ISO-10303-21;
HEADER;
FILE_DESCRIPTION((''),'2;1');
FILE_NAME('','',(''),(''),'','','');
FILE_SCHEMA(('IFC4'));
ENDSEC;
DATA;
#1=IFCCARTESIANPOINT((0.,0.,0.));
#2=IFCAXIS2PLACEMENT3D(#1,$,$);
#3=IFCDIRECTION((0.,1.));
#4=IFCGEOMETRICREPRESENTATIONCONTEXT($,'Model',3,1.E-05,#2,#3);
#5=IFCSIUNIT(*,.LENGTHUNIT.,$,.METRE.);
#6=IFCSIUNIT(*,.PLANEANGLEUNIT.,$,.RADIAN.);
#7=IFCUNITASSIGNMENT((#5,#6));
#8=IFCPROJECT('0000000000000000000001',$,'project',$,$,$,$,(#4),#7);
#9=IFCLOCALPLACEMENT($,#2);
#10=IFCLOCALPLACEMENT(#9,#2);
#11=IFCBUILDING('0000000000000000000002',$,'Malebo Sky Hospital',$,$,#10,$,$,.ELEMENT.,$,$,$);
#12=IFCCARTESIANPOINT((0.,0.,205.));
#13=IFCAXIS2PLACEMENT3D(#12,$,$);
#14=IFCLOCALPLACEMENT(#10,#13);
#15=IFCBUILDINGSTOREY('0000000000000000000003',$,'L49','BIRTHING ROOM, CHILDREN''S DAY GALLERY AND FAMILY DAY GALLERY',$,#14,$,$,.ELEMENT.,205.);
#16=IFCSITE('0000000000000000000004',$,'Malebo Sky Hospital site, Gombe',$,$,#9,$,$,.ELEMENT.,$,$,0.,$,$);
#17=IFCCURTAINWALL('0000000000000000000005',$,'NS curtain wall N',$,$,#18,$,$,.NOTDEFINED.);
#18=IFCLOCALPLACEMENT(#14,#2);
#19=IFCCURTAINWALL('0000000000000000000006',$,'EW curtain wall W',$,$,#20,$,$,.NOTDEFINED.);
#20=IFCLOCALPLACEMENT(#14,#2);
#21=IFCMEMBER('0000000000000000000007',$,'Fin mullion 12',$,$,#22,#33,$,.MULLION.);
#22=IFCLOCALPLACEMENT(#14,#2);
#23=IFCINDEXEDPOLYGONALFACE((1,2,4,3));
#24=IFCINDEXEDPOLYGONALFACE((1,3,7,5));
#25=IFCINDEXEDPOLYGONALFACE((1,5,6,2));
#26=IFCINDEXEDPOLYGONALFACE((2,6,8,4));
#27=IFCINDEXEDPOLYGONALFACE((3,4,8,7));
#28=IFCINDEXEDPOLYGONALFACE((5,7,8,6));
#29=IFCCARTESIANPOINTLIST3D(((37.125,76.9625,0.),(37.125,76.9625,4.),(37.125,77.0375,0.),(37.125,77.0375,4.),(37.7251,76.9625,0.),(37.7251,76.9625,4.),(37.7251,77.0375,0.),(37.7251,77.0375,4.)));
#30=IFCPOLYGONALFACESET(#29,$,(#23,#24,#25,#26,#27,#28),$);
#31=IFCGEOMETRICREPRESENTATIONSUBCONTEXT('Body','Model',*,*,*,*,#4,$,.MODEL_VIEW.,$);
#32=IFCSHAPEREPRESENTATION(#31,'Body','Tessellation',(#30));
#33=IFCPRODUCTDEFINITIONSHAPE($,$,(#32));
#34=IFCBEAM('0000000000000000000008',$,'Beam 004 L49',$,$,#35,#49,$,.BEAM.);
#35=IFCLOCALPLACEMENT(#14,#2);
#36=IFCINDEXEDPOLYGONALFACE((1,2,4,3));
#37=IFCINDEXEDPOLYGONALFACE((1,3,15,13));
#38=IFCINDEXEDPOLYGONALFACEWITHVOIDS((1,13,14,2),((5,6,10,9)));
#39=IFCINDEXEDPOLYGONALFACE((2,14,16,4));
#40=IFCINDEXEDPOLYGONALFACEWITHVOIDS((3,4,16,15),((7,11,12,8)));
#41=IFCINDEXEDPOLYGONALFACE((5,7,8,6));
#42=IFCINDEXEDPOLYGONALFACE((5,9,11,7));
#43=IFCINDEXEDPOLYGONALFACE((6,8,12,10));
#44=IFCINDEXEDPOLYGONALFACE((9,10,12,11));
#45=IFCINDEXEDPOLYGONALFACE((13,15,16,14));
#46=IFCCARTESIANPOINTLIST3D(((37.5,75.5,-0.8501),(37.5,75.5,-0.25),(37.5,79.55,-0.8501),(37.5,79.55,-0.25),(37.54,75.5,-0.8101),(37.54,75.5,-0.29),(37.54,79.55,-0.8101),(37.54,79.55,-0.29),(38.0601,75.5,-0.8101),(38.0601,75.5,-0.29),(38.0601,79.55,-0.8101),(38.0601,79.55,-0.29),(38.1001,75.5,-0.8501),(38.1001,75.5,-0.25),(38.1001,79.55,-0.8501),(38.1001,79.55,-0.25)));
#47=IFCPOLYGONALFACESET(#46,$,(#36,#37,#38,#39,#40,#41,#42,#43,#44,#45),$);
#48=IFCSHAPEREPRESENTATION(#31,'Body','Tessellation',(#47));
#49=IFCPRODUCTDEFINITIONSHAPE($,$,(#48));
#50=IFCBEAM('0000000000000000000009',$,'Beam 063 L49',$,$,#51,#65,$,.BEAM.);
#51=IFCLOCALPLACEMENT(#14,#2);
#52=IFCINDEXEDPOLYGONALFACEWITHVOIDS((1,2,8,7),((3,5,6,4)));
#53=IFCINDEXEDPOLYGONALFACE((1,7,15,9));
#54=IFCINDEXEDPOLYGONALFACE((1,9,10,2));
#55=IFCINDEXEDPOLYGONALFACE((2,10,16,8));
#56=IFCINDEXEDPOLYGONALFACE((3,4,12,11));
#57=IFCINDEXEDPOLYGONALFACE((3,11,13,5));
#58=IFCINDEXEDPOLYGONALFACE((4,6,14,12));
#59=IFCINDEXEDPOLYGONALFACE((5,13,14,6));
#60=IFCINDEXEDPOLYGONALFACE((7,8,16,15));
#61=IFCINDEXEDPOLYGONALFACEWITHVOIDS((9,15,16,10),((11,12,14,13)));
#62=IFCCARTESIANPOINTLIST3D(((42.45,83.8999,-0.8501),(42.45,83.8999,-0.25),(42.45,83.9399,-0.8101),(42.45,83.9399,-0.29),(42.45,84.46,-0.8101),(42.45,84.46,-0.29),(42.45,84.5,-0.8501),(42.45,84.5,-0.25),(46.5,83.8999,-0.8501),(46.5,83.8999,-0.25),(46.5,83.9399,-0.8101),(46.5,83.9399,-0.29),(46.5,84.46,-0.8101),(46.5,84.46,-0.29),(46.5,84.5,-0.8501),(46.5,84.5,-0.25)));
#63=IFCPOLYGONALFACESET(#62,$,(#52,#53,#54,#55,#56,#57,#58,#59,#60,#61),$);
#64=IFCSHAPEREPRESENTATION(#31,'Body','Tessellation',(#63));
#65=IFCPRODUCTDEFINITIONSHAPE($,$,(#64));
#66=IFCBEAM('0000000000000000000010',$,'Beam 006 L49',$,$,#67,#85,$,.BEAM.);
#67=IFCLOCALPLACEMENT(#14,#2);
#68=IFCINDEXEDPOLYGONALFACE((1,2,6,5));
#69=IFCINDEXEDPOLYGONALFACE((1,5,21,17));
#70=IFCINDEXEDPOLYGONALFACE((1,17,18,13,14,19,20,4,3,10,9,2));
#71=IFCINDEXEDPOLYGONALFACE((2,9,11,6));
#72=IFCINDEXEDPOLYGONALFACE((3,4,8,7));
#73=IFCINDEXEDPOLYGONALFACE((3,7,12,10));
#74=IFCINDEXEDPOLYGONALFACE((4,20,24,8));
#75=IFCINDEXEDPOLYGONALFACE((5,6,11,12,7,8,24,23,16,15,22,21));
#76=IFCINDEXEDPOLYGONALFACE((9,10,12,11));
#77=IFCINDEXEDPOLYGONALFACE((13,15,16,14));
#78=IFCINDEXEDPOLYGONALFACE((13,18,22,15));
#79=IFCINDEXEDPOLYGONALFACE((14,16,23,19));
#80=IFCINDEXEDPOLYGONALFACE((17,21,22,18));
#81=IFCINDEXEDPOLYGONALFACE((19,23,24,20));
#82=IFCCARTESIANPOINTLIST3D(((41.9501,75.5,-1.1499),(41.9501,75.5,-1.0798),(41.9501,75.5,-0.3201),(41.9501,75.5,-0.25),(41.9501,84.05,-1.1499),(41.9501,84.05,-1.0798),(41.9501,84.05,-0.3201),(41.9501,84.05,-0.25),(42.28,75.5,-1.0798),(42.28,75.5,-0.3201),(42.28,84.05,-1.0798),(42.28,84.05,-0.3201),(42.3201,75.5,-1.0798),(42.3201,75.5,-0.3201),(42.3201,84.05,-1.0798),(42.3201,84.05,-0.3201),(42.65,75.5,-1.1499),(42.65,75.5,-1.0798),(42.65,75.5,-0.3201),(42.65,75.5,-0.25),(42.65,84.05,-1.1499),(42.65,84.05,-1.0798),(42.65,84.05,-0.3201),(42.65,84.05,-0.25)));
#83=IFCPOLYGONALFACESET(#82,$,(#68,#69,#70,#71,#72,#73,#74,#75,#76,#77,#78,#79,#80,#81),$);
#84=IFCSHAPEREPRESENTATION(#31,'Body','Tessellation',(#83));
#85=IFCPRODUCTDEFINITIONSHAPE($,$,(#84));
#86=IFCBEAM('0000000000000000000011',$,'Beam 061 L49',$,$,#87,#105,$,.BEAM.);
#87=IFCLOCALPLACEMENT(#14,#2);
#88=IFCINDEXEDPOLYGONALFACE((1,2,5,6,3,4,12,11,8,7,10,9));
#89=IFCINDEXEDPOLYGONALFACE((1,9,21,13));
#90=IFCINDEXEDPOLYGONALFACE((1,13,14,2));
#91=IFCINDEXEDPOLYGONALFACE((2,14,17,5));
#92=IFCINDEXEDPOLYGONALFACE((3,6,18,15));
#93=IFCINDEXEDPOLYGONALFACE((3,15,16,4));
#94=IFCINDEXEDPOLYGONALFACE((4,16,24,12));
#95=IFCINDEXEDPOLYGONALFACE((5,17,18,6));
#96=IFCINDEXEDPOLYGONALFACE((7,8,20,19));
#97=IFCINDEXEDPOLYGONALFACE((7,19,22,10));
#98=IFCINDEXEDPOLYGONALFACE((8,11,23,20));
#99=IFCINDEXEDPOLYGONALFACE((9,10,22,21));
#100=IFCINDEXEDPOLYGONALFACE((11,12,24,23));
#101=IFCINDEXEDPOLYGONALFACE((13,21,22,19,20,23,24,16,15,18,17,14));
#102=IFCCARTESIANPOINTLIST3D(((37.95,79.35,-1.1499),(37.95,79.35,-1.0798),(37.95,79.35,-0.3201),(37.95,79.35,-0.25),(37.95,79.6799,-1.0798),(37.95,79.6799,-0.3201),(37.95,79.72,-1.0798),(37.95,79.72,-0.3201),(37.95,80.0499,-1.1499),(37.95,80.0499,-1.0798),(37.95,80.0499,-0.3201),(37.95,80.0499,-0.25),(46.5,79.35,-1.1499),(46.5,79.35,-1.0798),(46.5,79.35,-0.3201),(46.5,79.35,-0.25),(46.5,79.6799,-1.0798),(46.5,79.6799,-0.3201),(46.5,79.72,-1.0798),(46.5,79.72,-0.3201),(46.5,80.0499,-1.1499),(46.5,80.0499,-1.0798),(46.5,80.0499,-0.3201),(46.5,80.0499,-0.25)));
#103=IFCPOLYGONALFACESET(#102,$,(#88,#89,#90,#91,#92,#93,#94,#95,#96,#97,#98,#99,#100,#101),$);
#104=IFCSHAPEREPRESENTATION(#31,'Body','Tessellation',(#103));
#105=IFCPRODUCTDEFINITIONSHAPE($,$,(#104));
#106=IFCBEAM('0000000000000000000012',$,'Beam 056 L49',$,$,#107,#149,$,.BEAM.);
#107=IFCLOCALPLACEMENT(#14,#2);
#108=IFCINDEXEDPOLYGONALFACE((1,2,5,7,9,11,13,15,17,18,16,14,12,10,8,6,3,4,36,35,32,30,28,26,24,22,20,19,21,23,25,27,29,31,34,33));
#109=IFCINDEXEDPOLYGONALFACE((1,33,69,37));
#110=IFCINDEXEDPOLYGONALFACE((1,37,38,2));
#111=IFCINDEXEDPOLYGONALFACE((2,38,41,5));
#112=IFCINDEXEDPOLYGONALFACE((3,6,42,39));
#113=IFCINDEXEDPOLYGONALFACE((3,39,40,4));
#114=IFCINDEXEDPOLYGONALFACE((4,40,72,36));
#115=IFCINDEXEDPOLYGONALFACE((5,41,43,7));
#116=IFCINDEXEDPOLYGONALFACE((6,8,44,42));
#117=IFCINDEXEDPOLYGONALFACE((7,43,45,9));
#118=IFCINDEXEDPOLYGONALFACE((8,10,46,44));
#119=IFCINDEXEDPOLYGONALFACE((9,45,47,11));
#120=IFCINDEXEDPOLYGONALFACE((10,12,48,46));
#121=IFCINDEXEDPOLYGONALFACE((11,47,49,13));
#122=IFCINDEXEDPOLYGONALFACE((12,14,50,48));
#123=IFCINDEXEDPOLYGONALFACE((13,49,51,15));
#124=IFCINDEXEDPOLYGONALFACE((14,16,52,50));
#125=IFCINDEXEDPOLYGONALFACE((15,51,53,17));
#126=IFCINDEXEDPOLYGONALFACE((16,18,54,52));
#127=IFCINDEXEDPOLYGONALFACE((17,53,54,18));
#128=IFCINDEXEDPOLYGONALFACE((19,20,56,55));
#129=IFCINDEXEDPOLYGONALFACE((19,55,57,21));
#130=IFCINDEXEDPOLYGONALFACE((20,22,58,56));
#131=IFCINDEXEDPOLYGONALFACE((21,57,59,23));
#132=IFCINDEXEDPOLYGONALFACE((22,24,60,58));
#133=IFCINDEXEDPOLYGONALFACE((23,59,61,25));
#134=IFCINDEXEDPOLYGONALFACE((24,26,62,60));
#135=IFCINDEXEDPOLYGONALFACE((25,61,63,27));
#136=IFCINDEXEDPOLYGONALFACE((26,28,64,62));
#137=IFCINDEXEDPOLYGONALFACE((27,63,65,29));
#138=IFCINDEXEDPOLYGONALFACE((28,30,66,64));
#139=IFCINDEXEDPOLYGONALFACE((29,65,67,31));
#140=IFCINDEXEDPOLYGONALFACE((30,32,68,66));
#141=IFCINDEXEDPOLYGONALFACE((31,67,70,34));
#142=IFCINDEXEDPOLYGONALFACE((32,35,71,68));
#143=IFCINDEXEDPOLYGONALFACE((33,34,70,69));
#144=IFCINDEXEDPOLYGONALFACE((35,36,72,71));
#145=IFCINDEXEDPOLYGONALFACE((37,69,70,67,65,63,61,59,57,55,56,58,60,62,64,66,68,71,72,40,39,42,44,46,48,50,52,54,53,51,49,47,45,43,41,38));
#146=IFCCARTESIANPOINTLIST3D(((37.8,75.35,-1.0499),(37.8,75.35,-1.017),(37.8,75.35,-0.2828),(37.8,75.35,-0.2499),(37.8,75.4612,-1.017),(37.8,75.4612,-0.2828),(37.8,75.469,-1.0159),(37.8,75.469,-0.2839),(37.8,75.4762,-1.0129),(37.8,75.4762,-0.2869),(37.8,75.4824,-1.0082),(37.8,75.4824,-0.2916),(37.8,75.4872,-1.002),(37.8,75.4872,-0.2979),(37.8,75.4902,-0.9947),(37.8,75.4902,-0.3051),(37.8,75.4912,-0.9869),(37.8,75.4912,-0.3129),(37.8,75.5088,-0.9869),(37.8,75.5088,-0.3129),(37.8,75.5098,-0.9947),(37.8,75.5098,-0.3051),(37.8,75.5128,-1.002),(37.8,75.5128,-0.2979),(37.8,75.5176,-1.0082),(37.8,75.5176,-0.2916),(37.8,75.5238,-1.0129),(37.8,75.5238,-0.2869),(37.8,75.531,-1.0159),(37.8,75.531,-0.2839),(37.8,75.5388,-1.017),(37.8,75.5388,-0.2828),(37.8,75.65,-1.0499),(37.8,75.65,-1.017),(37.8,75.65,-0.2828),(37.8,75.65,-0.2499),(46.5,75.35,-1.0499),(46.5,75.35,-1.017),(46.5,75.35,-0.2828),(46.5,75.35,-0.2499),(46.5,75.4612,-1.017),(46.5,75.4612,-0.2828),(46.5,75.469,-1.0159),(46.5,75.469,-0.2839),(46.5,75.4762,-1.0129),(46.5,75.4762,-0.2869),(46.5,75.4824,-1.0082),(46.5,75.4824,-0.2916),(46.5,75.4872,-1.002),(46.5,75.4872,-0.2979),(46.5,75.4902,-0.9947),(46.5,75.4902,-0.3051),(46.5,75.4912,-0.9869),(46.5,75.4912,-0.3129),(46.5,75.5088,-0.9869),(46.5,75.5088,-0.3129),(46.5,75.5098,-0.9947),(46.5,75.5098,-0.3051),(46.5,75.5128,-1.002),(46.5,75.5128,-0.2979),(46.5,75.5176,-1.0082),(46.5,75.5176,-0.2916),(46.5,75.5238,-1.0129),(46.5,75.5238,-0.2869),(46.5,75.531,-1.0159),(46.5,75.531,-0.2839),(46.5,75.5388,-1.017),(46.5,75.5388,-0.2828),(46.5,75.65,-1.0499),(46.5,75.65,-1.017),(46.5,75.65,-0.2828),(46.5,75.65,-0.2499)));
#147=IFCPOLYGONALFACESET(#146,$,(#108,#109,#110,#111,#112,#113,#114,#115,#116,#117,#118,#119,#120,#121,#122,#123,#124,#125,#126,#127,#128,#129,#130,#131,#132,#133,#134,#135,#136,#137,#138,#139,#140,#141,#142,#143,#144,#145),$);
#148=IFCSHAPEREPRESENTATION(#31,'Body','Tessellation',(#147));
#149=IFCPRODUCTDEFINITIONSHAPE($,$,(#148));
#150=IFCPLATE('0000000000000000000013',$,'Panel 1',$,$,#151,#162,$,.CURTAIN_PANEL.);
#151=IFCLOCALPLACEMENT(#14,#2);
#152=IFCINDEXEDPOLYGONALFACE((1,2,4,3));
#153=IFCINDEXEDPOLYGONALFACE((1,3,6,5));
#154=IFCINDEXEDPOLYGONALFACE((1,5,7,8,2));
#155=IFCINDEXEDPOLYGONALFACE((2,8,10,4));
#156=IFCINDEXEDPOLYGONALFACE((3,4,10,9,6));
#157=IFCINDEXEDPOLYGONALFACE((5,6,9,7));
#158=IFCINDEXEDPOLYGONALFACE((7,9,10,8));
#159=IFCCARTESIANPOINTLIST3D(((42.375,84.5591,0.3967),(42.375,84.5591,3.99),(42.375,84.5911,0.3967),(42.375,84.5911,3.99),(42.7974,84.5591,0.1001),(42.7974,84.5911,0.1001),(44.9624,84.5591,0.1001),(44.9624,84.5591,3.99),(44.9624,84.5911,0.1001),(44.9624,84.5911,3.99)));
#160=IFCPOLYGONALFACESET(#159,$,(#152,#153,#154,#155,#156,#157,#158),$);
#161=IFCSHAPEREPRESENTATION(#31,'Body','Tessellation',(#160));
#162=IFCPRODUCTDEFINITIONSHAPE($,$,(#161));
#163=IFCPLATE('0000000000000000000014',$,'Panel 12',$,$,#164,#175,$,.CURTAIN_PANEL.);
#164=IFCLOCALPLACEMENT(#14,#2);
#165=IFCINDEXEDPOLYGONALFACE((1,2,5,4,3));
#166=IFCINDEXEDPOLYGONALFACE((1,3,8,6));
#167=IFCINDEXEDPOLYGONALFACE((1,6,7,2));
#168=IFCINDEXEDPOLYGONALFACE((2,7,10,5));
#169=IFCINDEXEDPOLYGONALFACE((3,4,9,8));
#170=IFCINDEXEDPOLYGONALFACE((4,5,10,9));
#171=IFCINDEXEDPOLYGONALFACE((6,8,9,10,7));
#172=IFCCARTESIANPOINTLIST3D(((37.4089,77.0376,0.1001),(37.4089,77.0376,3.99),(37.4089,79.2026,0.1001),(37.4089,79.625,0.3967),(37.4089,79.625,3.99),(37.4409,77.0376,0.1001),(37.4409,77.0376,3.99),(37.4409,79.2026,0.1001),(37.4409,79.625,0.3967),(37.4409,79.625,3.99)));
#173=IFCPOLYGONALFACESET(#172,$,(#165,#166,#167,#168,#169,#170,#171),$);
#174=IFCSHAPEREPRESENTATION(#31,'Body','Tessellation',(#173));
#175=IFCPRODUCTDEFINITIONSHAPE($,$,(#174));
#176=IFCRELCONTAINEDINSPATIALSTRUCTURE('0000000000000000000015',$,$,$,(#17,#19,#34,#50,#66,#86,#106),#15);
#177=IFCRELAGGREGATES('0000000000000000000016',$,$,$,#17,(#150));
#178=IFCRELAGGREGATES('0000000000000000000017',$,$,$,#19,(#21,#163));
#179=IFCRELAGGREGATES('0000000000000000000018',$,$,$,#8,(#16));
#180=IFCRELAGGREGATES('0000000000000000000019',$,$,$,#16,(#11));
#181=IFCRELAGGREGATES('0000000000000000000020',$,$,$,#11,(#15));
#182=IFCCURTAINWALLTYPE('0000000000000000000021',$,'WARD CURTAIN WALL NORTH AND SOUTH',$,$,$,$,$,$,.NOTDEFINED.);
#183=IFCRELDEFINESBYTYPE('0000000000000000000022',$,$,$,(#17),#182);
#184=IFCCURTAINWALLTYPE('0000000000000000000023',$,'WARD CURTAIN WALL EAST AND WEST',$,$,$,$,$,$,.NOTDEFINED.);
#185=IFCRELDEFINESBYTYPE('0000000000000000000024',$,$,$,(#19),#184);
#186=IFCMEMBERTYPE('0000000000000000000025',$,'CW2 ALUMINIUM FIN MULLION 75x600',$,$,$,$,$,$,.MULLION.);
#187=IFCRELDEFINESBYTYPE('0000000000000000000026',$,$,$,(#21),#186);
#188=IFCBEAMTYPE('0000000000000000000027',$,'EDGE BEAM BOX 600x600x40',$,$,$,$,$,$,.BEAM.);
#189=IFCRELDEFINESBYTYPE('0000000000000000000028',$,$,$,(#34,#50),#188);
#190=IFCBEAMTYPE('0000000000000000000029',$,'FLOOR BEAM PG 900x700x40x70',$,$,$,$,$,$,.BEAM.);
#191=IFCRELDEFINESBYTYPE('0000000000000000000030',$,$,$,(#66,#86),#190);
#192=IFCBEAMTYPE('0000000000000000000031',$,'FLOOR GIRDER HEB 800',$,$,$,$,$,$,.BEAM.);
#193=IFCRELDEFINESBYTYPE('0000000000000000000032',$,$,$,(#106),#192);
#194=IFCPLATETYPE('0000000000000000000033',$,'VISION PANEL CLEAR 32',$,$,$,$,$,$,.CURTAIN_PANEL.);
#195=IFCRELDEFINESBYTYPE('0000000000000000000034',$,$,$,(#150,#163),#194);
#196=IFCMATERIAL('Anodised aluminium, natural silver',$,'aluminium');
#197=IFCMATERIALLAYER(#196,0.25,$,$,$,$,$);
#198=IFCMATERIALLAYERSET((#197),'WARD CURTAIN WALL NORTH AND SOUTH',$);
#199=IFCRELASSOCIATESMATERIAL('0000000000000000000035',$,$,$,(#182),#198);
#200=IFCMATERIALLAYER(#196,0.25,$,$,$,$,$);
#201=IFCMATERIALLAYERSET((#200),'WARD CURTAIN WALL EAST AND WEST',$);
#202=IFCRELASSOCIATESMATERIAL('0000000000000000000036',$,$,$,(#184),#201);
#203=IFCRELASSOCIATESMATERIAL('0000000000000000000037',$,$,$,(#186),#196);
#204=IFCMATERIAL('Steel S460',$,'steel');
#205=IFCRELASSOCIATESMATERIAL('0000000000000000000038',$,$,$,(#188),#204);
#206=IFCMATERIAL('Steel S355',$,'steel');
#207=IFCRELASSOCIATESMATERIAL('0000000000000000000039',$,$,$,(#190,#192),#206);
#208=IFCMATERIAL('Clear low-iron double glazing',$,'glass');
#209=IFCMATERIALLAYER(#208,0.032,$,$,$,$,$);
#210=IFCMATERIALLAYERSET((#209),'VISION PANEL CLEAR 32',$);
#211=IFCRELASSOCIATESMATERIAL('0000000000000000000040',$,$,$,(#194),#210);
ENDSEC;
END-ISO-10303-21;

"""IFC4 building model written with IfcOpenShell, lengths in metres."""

from ifc_helpers import new_model, si_unit, direction, frame, origin, origin_2d, place, context, subcontext, project, spatial, polyline, rectangle, hollow_rectangle, i_section, outline, extrude, material, layer, layer_set, material_profile, profile_set, type_object, element, aggregate, save


model = new_model("IFC4")

# Units and contexts
model_context = context("Model", 3, precision=1e-05, world=origin(), true_north=direction((0.0, 1.0)))
body_context = subcontext(model_context, "Body", "Model", "MODEL_VIEW")
ifc_project = project(units=[si_unit("LENGTHUNIT", "METRE"), si_unit("PLANEANGLEUNIT", "RADIAN")], contexts=[model_context])

# Site, building, storey
site_placement = place(None, origin())
site = spatial("IfcSite", under=ifc_project, at=site_placement, Name="Malebo Sky Hospital site, Gombe", CompositionType="ELEMENT", RefElevation=0.0)
building_placement = place(site_placement, origin())
building = spatial("IfcBuilding", under=site, at=building_placement, Name="Malebo Sky Hospital", CompositionType="ELEMENT")
storey_placement = place(building_placement, frame((0.0, 0.0, 205.0)))
storey = spatial("IfcBuildingStorey", under=building, at=storey_placement, Name="L49", Description="BIRTHING ROOM, CHILDREN'S DAY GALLERY AND FAMILY DAY GALLERY", CompositionType="ELEMENT", Elevation=205.0)

# Shared definitions
ifc_material_1 = material(Name="Steel S460", Category="steel")

# Curtain wall
ifc_material_2 = material(Name="Anodised aluminium, natural silver", Category="aluminium")
ifc_layer_1 = layer(ifc_material_2, 0.25)
ifc_layer_set_1 = layer_set([ifc_layer_1], Name="WARD CURTAIN WALL NORTH AND SOUTH")
curtain_wall_type_1 = type_object("IfcCurtainWallType", Name="WARD CURTAIN WALL NORTH AND SOUTH", PredefinedType="NOTDEFINED", material=ifc_layer_set_1)
curtain_wall_1_placement = place(storey_placement, origin())
curtain_wall_1 = element("IfcCurtainWall", 1, at=curtain_wall_1_placement, inside=storey, type_object=curtain_wall_type_1, Name="NS curtain wall N", PredefinedType="NOTDEFINED")

# Curtain wall
ifc_layer_2 = layer(ifc_material_2, 0.25)
ifc_layer_set_2 = layer_set([ifc_layer_2], Name="WARD CURTAIN WALL EAST AND WEST")
curtain_wall_type_2 = type_object("IfcCurtainWallType", Name="WARD CURTAIN WALL EAST AND WEST", PredefinedType="NOTDEFINED", material=ifc_layer_set_2)
curtain_wall_2_placement = place(storey_placement, origin())
curtain_wall_2 = element("IfcCurtainWall", 2, at=curtain_wall_2_placement, inside=storey, type_object=curtain_wall_type_2, Name="EW curtain wall W", PredefinedType="NOTDEFINED")

# Shared definitions
ifc_material_3 = material(Name="Steel S355", Category="steel")

# Member
ifc_material_profile_1 = material_profile(ifc_material_2, rectangle(XDim=0.075, YDim=0.6001, at=origin_2d()), Name="CW2 ALUMINIUM FIN MULLION 75x600")
ifc_profile_set_1 = profile_set([ifc_material_profile_1], Name="Anodised aluminium, natural silver")
member_type_1 = type_object("IfcMemberType", Name="CW2 ALUMINIUM FIN MULLION 75x600", PredefinedType="MULLION", material=ifc_profile_set_1)
member_1_placement = place(storey_placement, frame((37.425, 77.0, 0.0), z_axis=(0.0, 0.0, 1.0), x_axis=(0.0, 1.0, 0.0)))
member_1 = element("IfcMember", 3, at=member_1_placement, type_object=member_type_1, Name="Fin mullion 12", PredefinedType="MULLION", context=body_context, shape_type="SweptSolid", body=[
    extrude(rectangle(XDim=0.075, YDim=0.6001, at=origin_2d()), origin(), (0.0, 0.0, 1.0), 4.0),
])

# Beams
ifc_material_profile_2 = material_profile(ifc_material_1, hollow_rectangle(XDim=0.6001, YDim=0.6001, WallThickness=0.04, at=origin_2d()), Name="BOX 600x600x40")
ifc_profile_set_2 = profile_set([ifc_material_profile_2], Name="Steel S460")
beam_type_1 = type_object("IfcBeamType", Name="EDGE BEAM BOX 600x600x40", PredefinedType="BEAM", material=ifc_profile_set_2)
for number, where, z_axis, x_axis, name in (
    (4, (37.8, 75.5, -0.55), (0.0, 1.0, 0.0), (-1.0, 0.0, 0.0), "Beam 004 L49"),
    (5, (42.45, 84.2, -0.55), (1.0, 0.0, 0.0), (0.0, 1.0, 0.0), "Beam 063 L49"),
):
    element("IfcBeam", number, at=place(storey_placement, frame(where, z_axis=z_axis, x_axis=x_axis)), inside=storey, type_object=beam_type_1, Name=name, PredefinedType="BEAM", context=body_context, shape_type="SweptSolid", body=[
        extrude(hollow_rectangle(XDim=0.6001, YDim=0.6001, WallThickness=0.04, at=origin_2d()), origin(), (0.0, 0.0, 1.0), 4.05),
    ])
ifc_material_profile_3 = material_profile(ifc_material_3, i_section(OverallWidth=0.7, OverallDepth=0.8999, WebThickness=0.04, FlangeThickness=0.0701, at=origin_2d()), Name="PG 900x700x40x70")
ifc_profile_set_3 = profile_set([ifc_material_profile_3], Name="Steel S355")
beam_type_2 = type_object("IfcBeamType", Name="FLOOR BEAM PG 900x700x40x70", PredefinedType="BEAM", material=ifc_profile_set_3)
for number, where, z_axis, x_axis, name in (
    (6, (42.3, 75.5, -0.7), (0.0, 1.0, 0.0), (-1.0, 0.0, 0.0), "Beam 006 L49"),
    (7, (37.95, 79.7, -0.7), (1.0, 0.0, 0.0), (0.0, 1.0, 0.0), "Beam 061 L49"),
):
    element("IfcBeam", number, at=place(storey_placement, frame(where, z_axis=z_axis, x_axis=x_axis)), inside=storey, type_object=beam_type_2, Name=name, PredefinedType="BEAM", context=body_context, shape_type="SweptSolid", body=[
        extrude(i_section(OverallWidth=0.7, OverallDepth=0.8999, WebThickness=0.04, FlangeThickness=0.0701, at=origin_2d()), origin(), (0.0, 0.0, 1.0), 8.55),
    ])
ifc_material_profile_4 = material_profile(ifc_material_3, i_section(OverallWidth=0.3, OverallDepth=0.8, WebThickness=0.0176, FlangeThickness=0.033, FilletRadius=0.03, at=origin_2d()), Name="HEB 800")
ifc_profile_set_4 = profile_set([ifc_material_profile_4], Name="Steel S355")
beam_type_3 = type_object("IfcBeamType", Name="FLOOR GIRDER HEB 800", PredefinedType="BEAM", material=ifc_profile_set_4)
beam_placement = place(storey_placement, frame((37.8, 75.5, -0.6499), z_axis=(1.0, 0.0, 0.0), x_axis=(0.0, 1.0, 0.0)))
element("IfcBeam", 8, at=beam_placement, inside=storey, type_object=beam_type_3, Name="Beam 056 L49", PredefinedType="BEAM", context=body_context, shape_type="SweptSolid", body=[
    extrude(i_section(OverallWidth=0.3, OverallDepth=0.8, WebThickness=0.0176, FlangeThickness=0.033, FilletRadius=0.03, at=origin_2d()), origin(), (0.0, 0.0, 1.0), 8.7),
])

# Plates
ifc_material_4 = material(Name="Clear low-iron double glazing", Category="glass")
ifc_layer_3 = layer(ifc_material_4, 0.032)
ifc_layer_set_3 = layer_set([ifc_layer_3], Name="VISION PANEL CLEAR 32")
plate_type = type_object("IfcPlateType", Name="VISION PANEL CLEAR 32", PredefinedType="CURTAIN_PANEL", material=ifc_layer_set_3)
plate_1_placement = place(storey_placement, frame((43.6687, 84.575, 0.1001), z_axis=(0.0, 0.0, 1.0), x_axis=(1.0, 0.0, 0.0)))
plate_1 = element("IfcPlate", 9, at=plate_1_placement, type_object=plate_type, Name="Panel 1", PredefinedType="CURTAIN_PANEL", context=body_context, shape_type="SweptSolid", body=[
    extrude(outline(polyline([(-0.8713, 0.0), (1.2937, 0.0), (1.2937, 3.8899), (-1.2937, 3.8899), (-1.2937, 0.2966), (-0.8713, 0.0)])), frame((0.0, 0.0161, 0.0), z_axis=(0.0, -1.0, 0.0), x_axis=(1.0, 0.0, 0.0)), (0.0, 0.0, 1.0), 0.032),
])
aggregate(curtain_wall_1, [plate_1])
plate_2_placement = place(storey_placement, frame((37.425, 78.3313, 0.1001), z_axis=(0.0, 0.0, 1.0), x_axis=(0.0, 1.0, 0.0)))
plate_2 = element("IfcPlate", 10, at=plate_2_placement, type_object=plate_type, Name="Panel 12", PredefinedType="CURTAIN_PANEL", context=body_context, shape_type="SweptSolid", body=[
    extrude(outline(polyline([(-1.2937, 0.0), (0.8713, 0.0), (1.2937, 0.2966), (1.2937, 3.8899), (-1.2937, 3.8899), (-1.2937, 0.0)])), frame((0.0, 0.0161, 0.0), z_axis=(0.0, -1.0, 0.0), x_axis=(1.0, 0.0, 0.0)), (0.0, 0.0, 1.0), 0.032),
])
aggregate(curtain_wall_2, [member_1, plate_2])

save(model, "model.ifc")
